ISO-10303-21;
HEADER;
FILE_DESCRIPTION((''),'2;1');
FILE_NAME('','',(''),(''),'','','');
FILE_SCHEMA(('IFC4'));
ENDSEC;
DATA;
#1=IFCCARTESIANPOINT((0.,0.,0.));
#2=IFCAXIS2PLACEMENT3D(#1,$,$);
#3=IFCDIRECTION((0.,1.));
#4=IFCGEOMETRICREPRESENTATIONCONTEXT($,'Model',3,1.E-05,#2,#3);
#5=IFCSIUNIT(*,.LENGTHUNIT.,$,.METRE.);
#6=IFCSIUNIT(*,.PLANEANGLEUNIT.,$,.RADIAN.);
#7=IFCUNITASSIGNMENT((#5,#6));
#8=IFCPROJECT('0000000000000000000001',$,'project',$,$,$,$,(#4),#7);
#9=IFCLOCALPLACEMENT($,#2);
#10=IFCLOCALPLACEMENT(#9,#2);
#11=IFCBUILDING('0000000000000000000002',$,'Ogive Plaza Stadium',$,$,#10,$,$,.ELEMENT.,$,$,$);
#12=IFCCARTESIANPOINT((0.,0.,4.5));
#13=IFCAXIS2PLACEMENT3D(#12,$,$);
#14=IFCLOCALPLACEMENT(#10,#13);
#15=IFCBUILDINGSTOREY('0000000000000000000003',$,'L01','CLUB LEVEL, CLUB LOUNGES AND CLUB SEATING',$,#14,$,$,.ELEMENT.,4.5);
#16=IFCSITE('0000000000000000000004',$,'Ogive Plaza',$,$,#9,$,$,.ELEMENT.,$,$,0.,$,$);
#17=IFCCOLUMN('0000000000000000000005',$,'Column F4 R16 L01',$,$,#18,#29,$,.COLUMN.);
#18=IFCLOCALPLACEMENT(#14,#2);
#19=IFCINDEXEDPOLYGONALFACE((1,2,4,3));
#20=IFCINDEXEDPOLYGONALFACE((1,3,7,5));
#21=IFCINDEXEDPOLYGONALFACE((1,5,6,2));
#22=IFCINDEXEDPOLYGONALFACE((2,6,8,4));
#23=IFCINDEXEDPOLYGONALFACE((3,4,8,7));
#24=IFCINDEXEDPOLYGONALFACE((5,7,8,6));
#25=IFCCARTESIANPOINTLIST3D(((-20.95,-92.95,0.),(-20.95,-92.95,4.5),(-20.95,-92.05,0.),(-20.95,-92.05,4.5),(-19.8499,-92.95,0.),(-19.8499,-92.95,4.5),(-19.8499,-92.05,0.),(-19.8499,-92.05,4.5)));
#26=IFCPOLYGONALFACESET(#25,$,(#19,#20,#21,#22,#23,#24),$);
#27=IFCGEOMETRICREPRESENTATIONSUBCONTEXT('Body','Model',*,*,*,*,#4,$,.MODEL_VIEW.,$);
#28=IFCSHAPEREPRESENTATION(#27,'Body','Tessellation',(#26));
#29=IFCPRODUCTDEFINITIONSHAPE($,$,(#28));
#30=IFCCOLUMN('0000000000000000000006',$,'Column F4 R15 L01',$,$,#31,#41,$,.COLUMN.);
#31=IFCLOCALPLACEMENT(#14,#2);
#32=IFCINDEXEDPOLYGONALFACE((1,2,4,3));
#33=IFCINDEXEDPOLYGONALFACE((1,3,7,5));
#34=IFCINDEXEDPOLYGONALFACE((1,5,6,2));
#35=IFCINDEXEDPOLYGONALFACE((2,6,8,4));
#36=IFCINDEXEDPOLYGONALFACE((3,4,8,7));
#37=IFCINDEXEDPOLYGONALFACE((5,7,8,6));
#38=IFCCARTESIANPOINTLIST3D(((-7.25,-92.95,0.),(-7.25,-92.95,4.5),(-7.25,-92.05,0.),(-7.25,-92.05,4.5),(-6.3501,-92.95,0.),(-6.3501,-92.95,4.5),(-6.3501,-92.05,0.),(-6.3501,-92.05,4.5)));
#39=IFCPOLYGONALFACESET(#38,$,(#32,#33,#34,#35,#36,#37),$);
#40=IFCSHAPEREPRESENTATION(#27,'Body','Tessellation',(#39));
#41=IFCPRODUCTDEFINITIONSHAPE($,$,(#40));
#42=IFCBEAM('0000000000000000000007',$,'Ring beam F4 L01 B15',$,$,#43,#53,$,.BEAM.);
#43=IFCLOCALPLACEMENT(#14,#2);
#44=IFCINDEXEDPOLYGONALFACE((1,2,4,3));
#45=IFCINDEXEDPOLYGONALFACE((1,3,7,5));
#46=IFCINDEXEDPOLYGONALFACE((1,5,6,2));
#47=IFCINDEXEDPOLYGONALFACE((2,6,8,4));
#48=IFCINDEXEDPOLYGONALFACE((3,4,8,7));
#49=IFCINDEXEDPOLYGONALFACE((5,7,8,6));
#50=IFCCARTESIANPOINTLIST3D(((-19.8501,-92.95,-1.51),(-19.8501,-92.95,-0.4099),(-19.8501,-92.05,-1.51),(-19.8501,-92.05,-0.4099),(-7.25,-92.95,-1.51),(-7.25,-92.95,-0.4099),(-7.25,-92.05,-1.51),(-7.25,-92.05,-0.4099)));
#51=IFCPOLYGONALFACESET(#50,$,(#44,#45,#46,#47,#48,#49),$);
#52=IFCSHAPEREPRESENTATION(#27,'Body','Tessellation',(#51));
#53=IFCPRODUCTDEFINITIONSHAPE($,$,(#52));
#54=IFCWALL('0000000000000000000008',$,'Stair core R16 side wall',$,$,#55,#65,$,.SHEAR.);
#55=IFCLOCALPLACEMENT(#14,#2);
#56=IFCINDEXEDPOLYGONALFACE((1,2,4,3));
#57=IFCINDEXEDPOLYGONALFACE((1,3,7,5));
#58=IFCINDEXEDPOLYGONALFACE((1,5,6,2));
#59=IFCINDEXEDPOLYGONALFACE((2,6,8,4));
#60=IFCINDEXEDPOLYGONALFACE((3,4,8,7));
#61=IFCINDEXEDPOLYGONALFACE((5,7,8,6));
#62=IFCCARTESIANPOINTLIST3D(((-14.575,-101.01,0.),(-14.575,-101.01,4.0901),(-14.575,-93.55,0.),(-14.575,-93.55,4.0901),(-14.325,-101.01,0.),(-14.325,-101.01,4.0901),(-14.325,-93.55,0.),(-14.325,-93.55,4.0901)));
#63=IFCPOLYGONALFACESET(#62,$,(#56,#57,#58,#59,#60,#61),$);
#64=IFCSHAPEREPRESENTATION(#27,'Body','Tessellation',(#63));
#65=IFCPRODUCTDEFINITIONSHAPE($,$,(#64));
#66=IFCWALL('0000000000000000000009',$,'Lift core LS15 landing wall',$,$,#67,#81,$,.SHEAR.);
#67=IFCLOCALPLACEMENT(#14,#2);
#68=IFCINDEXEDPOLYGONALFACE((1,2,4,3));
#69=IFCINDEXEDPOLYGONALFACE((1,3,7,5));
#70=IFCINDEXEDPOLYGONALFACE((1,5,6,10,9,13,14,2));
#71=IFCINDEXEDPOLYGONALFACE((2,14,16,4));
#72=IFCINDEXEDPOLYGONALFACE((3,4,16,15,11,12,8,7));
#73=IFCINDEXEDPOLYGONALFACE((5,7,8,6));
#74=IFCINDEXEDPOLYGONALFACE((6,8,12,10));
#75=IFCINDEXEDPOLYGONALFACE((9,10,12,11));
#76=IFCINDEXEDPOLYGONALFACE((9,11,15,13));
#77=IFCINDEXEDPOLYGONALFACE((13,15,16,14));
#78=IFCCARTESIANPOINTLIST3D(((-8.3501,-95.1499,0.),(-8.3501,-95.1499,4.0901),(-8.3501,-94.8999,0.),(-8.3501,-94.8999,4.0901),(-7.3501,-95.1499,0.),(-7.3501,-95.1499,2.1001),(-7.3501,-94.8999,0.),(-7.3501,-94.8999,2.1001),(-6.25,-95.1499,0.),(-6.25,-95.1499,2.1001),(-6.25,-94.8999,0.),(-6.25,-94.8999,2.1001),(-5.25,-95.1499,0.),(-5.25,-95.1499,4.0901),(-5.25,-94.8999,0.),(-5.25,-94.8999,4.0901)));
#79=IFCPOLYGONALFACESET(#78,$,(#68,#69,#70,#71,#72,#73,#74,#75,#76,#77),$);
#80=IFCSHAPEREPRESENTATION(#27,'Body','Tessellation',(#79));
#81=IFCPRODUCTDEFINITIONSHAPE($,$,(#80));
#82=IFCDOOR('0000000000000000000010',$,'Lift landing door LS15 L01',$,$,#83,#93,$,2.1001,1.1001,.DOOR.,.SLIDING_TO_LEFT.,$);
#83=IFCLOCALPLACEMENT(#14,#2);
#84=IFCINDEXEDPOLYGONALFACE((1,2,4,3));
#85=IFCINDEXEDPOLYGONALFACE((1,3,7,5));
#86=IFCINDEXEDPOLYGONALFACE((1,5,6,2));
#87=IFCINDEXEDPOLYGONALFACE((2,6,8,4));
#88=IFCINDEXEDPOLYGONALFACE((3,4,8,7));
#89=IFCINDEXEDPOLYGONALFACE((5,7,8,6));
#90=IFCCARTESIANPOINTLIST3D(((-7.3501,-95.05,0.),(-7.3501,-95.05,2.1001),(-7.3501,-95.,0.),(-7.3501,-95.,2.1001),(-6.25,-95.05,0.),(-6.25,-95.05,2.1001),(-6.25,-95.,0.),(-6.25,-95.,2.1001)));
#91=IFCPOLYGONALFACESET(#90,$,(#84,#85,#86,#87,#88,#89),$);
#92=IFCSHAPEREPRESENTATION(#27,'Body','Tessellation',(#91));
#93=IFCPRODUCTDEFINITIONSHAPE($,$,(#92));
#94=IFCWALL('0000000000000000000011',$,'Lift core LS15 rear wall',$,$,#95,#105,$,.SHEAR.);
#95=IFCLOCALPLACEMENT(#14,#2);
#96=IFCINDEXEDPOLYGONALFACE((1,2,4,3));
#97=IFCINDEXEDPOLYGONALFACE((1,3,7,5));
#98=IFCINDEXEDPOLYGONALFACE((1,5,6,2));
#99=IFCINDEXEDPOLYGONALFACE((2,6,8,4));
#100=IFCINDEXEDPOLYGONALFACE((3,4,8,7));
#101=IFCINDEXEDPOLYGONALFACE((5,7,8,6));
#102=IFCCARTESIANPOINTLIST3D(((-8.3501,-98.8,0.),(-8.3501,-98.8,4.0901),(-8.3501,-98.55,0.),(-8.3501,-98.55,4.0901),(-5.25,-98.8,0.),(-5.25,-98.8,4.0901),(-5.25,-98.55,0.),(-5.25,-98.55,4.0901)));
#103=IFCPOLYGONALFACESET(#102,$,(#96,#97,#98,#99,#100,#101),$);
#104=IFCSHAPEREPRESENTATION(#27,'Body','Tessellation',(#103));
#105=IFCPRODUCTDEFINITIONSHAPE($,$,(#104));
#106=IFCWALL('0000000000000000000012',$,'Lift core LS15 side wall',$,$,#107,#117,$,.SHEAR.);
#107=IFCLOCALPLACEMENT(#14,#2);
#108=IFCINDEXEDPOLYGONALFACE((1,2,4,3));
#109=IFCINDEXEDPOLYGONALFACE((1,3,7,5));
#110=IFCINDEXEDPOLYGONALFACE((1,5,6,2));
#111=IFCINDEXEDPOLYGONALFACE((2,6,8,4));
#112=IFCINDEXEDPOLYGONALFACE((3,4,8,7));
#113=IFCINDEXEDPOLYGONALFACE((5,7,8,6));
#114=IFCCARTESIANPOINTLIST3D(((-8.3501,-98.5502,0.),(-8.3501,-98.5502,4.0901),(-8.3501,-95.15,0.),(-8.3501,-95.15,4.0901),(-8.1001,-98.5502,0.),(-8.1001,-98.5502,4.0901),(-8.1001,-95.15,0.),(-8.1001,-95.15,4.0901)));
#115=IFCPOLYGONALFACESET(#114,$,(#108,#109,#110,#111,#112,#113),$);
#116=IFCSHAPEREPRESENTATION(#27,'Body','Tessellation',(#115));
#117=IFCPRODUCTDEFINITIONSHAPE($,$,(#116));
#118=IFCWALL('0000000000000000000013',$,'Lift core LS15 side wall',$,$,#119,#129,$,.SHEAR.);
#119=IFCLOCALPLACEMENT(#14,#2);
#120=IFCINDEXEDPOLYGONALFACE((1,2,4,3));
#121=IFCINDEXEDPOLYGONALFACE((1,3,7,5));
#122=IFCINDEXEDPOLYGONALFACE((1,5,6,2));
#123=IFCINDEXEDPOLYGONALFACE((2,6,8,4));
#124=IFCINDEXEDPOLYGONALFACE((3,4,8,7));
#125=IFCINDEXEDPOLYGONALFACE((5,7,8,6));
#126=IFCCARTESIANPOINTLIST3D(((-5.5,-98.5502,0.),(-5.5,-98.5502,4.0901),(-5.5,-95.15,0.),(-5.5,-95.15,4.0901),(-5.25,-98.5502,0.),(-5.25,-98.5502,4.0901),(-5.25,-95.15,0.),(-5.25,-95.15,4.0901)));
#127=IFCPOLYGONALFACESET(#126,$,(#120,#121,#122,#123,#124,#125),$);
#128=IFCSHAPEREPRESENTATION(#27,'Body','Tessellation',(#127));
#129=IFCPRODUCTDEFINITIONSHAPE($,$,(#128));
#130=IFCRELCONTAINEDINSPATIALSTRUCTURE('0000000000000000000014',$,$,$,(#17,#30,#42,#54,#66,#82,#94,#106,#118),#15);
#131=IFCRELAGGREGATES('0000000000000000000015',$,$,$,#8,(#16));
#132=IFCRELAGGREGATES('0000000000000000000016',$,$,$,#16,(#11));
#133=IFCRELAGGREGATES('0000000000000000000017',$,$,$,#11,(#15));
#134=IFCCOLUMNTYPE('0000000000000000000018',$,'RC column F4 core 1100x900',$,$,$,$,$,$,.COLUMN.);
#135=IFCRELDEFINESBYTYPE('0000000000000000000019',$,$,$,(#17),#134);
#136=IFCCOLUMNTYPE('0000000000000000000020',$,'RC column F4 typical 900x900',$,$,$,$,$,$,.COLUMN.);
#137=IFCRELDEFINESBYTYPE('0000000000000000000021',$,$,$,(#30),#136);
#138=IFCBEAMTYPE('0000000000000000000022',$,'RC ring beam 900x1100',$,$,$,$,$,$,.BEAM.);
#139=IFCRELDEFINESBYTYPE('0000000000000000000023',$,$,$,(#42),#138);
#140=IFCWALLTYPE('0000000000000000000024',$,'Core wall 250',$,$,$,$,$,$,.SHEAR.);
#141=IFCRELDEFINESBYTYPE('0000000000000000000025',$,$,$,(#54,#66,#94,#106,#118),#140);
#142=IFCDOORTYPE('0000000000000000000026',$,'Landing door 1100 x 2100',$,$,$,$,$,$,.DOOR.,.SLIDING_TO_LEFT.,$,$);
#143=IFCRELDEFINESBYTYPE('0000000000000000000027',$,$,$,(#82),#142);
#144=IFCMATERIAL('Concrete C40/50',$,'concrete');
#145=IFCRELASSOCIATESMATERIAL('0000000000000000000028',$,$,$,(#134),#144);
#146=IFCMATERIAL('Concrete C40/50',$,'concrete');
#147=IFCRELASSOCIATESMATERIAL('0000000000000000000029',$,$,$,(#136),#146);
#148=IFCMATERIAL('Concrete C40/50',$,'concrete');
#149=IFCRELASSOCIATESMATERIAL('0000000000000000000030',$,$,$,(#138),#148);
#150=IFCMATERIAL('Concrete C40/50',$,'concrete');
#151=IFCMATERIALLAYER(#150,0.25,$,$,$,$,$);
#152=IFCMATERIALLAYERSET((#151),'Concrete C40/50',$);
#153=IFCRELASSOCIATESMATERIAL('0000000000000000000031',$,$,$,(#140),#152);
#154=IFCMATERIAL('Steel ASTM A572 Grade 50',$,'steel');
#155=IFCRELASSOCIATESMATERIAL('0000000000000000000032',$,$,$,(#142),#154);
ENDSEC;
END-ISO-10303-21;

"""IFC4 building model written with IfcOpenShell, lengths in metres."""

from ifc_helpers import new_model, si_unit, direction, frame, frame_2d, origin, origin_2d, place, context, subcontext, project, spatial, rectangle, extrude, material, layer, layer_set, material_profile, profile_set, type_object, element, fill, save


model = new_model("IFC4")

# Units and contexts
model_context = context("Model", 3, precision=1e-05, world=origin(), true_north=direction((0.0, 1.0)))
body_context = subcontext(model_context, "Body", "Model", "MODEL_VIEW")
ifc_project = project(units=[si_unit("LENGTHUNIT", "METRE"), si_unit("PLANEANGLEUNIT", "RADIAN")], contexts=[model_context])

# Site, building, storey
site_placement = place(None, origin())
site = spatial("IfcSite", under=ifc_project, at=site_placement, Name="Ogive Plaza", CompositionType="ELEMENT", RefElevation=0.0)
building_placement = place(site_placement, origin())
building = spatial("IfcBuilding", under=site, at=building_placement, Name="Ogive Plaza Stadium", CompositionType="ELEMENT")
storey_placement = place(building_placement, frame((0.0, 0.0, 4.5)))
storey = spatial("IfcBuildingStorey", under=building, at=storey_placement, Name="L01", Description="CLUB LEVEL, CLUB LOUNGES AND CLUB SEATING", CompositionType="ELEMENT", Elevation=4.5)

# Columns
ifc_material_1 = material(Name="Concrete C40/50", Category="concrete")
ifc_material_profile_1 = material_profile(ifc_material_1, rectangle(XDim=1.1001, YDim=0.8999, at=origin_2d()), Name="RC 1100x900")
ifc_profile_set_1 = profile_set([ifc_material_profile_1], Name="Concrete C40/50")
column_type_1 = type_object("IfcColumnType", Name="RC column F4 core 1100x900", PredefinedType="COLUMN", material=ifc_profile_set_1)
column_1_placement = place(storey_placement, frame((-20.3999, -92.5, 0.0), z_axis=(0.0, 0.0, 1.0), x_axis=(1.0, 0.0, 0.0)))
element("IfcColumn", 1, at=column_1_placement, inside=storey, type_object=column_type_1, Name="Column F4 R16 L01", PredefinedType="COLUMN", context=body_context, shape_type="SweptSolid", body=[
    extrude(rectangle(XDim=1.1001, YDim=0.8999, at=origin_2d()), origin(), (0.0, 0.0, 1.0), 4.5),
])
ifc_material_2 = material(Name="Concrete C40/50", Category="concrete")
ifc_material_profile_2 = material_profile(ifc_material_2, rectangle(XDim=0.8999, YDim=0.8999, at=origin_2d()), Name="RC 900x900")
ifc_profile_set_2 = profile_set([ifc_material_profile_2], Name="Concrete C40/50")
column_type_2 = type_object("IfcColumnType", Name="RC column F4 typical 900x900", PredefinedType="COLUMN", material=ifc_profile_set_2)
column_2_placement = place(storey_placement, frame((-6.8, -92.5, 0.0), z_axis=(0.0, 0.0, 1.0), x_axis=(1.0, 0.0, 0.0)))
element("IfcColumn", 2, at=column_2_placement, inside=storey, type_object=column_type_2, Name="Column F4 R15 L01", PredefinedType="COLUMN", context=body_context, shape_type="SweptSolid", body=[
    extrude(rectangle(XDim=0.8999, YDim=0.8999, at=origin_2d()), origin(), (0.0, 0.0, 1.0), 4.5),
])

# Beam
ifc_material_3 = material(Name="Concrete C40/50", Category="concrete")
ifc_material_profile_3 = material_profile(ifc_material_3, rectangle(XDim=0.8999, YDim=1.1001, at=origin_2d()), Name="RC 900x1100")
ifc_profile_set_3 = profile_set([ifc_material_profile_3], Name="Concrete C40/50")
beam_type = type_object("IfcBeamType", Name="RC ring beam 900x1100", PredefinedType="BEAM", material=ifc_profile_set_3)
beam_placement = place(storey_placement, frame((-7.25, -92.5, -0.96), z_axis=(-1.0, 0.0, 0.0), x_axis=(0.0, -1.0, 0.0)))
element("IfcBeam", 3, at=beam_placement, inside=storey, type_object=beam_type, Name="Ring beam F4 L01 B15", PredefinedType="BEAM", context=body_context, shape_type="SweptSolid", body=[
    extrude(rectangle(XDim=0.8999, YDim=1.1001, at=origin_2d()), origin(), (0.0, 0.0, 1.0), 12.6001),
])

# Wall
ifc_material_4 = material(Name="Concrete C40/50", Category="concrete")
ifc_layer_1 = layer(ifc_material_4, 0.25)
ifc_layer_set_1 = layer_set([ifc_layer_1], Name="Concrete C40/50")
wall_type_1 = type_object("IfcWallType", Name="Core wall 250", PredefinedType="SHEAR", material=ifc_layer_set_1)
wall_1_placement = place(storey_placement, frame((-14.45, -93.55, 0.0), z_axis=(0.0, 0.0, 1.0), x_axis=(0.0, -1.0, 0.0)))
element("IfcWall", 4, at=wall_1_placement, inside=storey, type_object=wall_type_1, Name="Stair core R16 side wall", PredefinedType="SHEAR", context=body_context, shape_type="SweptSolid", body=[
    extrude(rectangle(XDim=7.46, YDim=0.25, at=frame_2d((3.73, 0.0))), origin(), (0.0, 0.0, 1.0), 4.0901),
])

# Wall, opening, door
wall_2_placement = place(storey_placement, frame((-8.3501, -95.0249, 0.0), z_axis=(0.0, 0.0, 1.0), x_axis=(1.0, 0.0, 0.0)))
wall_2 = element("IfcWall", 5, at=wall_2_placement, inside=storey, type_object=wall_type_1, Name="Lift core LS15 landing wall", PredefinedType="SHEAR", context=body_context, shape_type="SweptSolid", body=[
    extrude(rectangle(XDim=3.1001, YDim=0.25, at=frame_2d((1.55, 0.0))), origin(), (0.0, 0.0, 1.0), 4.0901),
])
opening_1_placement = place(wall_2_placement, frame((1.0, 0.0, 0.0)))
opening_1 = element("IfcOpeningElement", 6, at=opening_1_placement, cuts=wall_2, PredefinedType="OPENING", context=body_context, shape_type="SweptSolid", body=[
    extrude(rectangle(XDim=1.1001, YDim=2.1001, at=frame_2d((0.55, 1.05))), frame((0.0, 0.125, 0.0), z_axis=(0.0, -1.0, 0.0), x_axis=(1.0, 0.0, 0.0)), (0.0, 0.0, 1.0), 0.25),
])
ifc_material_5 = material(Name="Steel ASTM A572 Grade 50", Category="steel")
door_type_1 = type_object("IfcDoorType", Name="Landing door 1100 x 2100", OperationType="SLIDING_TO_LEFT", PredefinedType="DOOR", material=ifc_material_5)
door_1_placement = place(opening_1_placement, origin())
door_1 = element("IfcDoor", 7, at=door_1_placement, inside=storey, type_object=door_type_1, Name="Lift landing door LS15 L01", OperationType="SLIDING_TO_LEFT", OverallHeight=2.1001, OverallWidth=1.1001, PredefinedType="DOOR", context=body_context, shape_type="SweptSolid", body=[
    extrude(rectangle(XDim=1.1001, YDim=2.1001, at=frame_2d((0.55, 1.05))), frame((0.0, 0.0249, 0.0), z_axis=(0.0, -1.0, 0.0), x_axis=(1.0, 0.0, 0.0)), (0.0, 0.0, 1.0), 0.05),
])
fill(opening_1, door_1)

# Walls
wall_3_placement = place(storey_placement, frame((-8.3501, -98.675, 0.0), z_axis=(0.0, 0.0, 1.0), x_axis=(1.0, 0.0, 0.0)))
element("IfcWall", 8, at=wall_3_placement, inside=storey, type_object=wall_type_1, Name="Lift core LS15 rear wall", PredefinedType="SHEAR", context=body_context, shape_type="SweptSolid", body=[
    extrude(rectangle(XDim=3.1001, YDim=0.25, at=frame_2d((1.55, 0.0))), origin(), (0.0, 0.0, 1.0), 4.0901),
])
for number, where, z_axis, x_axis, name in (
    (9, (-8.2251, -95.1499, 0.0), (0.0, 0.0, 1.0), (0.0, -1.0, 0.0), "Lift core LS15 side wall"),
    (10, (-5.375, -95.1499, 0.0), (0.0, 0.0, 1.0), (0.0, -1.0, 0.0), "Lift core LS15 side wall"),
):
    element("IfcWall", number, at=place(storey_placement, frame(where, z_axis=z_axis, x_axis=x_axis)), inside=storey, type_object=wall_type_1, Name=name, PredefinedType="SHEAR", context=body_context, shape_type="SweptSolid", body=[
        extrude(rectangle(XDim=3.4001, YDim=0.25, at=frame_2d((1.7002, 0.0))), origin(), (0.0, 0.0, 1.0), 4.0901),
    ])

save(model, "model.ifc")
